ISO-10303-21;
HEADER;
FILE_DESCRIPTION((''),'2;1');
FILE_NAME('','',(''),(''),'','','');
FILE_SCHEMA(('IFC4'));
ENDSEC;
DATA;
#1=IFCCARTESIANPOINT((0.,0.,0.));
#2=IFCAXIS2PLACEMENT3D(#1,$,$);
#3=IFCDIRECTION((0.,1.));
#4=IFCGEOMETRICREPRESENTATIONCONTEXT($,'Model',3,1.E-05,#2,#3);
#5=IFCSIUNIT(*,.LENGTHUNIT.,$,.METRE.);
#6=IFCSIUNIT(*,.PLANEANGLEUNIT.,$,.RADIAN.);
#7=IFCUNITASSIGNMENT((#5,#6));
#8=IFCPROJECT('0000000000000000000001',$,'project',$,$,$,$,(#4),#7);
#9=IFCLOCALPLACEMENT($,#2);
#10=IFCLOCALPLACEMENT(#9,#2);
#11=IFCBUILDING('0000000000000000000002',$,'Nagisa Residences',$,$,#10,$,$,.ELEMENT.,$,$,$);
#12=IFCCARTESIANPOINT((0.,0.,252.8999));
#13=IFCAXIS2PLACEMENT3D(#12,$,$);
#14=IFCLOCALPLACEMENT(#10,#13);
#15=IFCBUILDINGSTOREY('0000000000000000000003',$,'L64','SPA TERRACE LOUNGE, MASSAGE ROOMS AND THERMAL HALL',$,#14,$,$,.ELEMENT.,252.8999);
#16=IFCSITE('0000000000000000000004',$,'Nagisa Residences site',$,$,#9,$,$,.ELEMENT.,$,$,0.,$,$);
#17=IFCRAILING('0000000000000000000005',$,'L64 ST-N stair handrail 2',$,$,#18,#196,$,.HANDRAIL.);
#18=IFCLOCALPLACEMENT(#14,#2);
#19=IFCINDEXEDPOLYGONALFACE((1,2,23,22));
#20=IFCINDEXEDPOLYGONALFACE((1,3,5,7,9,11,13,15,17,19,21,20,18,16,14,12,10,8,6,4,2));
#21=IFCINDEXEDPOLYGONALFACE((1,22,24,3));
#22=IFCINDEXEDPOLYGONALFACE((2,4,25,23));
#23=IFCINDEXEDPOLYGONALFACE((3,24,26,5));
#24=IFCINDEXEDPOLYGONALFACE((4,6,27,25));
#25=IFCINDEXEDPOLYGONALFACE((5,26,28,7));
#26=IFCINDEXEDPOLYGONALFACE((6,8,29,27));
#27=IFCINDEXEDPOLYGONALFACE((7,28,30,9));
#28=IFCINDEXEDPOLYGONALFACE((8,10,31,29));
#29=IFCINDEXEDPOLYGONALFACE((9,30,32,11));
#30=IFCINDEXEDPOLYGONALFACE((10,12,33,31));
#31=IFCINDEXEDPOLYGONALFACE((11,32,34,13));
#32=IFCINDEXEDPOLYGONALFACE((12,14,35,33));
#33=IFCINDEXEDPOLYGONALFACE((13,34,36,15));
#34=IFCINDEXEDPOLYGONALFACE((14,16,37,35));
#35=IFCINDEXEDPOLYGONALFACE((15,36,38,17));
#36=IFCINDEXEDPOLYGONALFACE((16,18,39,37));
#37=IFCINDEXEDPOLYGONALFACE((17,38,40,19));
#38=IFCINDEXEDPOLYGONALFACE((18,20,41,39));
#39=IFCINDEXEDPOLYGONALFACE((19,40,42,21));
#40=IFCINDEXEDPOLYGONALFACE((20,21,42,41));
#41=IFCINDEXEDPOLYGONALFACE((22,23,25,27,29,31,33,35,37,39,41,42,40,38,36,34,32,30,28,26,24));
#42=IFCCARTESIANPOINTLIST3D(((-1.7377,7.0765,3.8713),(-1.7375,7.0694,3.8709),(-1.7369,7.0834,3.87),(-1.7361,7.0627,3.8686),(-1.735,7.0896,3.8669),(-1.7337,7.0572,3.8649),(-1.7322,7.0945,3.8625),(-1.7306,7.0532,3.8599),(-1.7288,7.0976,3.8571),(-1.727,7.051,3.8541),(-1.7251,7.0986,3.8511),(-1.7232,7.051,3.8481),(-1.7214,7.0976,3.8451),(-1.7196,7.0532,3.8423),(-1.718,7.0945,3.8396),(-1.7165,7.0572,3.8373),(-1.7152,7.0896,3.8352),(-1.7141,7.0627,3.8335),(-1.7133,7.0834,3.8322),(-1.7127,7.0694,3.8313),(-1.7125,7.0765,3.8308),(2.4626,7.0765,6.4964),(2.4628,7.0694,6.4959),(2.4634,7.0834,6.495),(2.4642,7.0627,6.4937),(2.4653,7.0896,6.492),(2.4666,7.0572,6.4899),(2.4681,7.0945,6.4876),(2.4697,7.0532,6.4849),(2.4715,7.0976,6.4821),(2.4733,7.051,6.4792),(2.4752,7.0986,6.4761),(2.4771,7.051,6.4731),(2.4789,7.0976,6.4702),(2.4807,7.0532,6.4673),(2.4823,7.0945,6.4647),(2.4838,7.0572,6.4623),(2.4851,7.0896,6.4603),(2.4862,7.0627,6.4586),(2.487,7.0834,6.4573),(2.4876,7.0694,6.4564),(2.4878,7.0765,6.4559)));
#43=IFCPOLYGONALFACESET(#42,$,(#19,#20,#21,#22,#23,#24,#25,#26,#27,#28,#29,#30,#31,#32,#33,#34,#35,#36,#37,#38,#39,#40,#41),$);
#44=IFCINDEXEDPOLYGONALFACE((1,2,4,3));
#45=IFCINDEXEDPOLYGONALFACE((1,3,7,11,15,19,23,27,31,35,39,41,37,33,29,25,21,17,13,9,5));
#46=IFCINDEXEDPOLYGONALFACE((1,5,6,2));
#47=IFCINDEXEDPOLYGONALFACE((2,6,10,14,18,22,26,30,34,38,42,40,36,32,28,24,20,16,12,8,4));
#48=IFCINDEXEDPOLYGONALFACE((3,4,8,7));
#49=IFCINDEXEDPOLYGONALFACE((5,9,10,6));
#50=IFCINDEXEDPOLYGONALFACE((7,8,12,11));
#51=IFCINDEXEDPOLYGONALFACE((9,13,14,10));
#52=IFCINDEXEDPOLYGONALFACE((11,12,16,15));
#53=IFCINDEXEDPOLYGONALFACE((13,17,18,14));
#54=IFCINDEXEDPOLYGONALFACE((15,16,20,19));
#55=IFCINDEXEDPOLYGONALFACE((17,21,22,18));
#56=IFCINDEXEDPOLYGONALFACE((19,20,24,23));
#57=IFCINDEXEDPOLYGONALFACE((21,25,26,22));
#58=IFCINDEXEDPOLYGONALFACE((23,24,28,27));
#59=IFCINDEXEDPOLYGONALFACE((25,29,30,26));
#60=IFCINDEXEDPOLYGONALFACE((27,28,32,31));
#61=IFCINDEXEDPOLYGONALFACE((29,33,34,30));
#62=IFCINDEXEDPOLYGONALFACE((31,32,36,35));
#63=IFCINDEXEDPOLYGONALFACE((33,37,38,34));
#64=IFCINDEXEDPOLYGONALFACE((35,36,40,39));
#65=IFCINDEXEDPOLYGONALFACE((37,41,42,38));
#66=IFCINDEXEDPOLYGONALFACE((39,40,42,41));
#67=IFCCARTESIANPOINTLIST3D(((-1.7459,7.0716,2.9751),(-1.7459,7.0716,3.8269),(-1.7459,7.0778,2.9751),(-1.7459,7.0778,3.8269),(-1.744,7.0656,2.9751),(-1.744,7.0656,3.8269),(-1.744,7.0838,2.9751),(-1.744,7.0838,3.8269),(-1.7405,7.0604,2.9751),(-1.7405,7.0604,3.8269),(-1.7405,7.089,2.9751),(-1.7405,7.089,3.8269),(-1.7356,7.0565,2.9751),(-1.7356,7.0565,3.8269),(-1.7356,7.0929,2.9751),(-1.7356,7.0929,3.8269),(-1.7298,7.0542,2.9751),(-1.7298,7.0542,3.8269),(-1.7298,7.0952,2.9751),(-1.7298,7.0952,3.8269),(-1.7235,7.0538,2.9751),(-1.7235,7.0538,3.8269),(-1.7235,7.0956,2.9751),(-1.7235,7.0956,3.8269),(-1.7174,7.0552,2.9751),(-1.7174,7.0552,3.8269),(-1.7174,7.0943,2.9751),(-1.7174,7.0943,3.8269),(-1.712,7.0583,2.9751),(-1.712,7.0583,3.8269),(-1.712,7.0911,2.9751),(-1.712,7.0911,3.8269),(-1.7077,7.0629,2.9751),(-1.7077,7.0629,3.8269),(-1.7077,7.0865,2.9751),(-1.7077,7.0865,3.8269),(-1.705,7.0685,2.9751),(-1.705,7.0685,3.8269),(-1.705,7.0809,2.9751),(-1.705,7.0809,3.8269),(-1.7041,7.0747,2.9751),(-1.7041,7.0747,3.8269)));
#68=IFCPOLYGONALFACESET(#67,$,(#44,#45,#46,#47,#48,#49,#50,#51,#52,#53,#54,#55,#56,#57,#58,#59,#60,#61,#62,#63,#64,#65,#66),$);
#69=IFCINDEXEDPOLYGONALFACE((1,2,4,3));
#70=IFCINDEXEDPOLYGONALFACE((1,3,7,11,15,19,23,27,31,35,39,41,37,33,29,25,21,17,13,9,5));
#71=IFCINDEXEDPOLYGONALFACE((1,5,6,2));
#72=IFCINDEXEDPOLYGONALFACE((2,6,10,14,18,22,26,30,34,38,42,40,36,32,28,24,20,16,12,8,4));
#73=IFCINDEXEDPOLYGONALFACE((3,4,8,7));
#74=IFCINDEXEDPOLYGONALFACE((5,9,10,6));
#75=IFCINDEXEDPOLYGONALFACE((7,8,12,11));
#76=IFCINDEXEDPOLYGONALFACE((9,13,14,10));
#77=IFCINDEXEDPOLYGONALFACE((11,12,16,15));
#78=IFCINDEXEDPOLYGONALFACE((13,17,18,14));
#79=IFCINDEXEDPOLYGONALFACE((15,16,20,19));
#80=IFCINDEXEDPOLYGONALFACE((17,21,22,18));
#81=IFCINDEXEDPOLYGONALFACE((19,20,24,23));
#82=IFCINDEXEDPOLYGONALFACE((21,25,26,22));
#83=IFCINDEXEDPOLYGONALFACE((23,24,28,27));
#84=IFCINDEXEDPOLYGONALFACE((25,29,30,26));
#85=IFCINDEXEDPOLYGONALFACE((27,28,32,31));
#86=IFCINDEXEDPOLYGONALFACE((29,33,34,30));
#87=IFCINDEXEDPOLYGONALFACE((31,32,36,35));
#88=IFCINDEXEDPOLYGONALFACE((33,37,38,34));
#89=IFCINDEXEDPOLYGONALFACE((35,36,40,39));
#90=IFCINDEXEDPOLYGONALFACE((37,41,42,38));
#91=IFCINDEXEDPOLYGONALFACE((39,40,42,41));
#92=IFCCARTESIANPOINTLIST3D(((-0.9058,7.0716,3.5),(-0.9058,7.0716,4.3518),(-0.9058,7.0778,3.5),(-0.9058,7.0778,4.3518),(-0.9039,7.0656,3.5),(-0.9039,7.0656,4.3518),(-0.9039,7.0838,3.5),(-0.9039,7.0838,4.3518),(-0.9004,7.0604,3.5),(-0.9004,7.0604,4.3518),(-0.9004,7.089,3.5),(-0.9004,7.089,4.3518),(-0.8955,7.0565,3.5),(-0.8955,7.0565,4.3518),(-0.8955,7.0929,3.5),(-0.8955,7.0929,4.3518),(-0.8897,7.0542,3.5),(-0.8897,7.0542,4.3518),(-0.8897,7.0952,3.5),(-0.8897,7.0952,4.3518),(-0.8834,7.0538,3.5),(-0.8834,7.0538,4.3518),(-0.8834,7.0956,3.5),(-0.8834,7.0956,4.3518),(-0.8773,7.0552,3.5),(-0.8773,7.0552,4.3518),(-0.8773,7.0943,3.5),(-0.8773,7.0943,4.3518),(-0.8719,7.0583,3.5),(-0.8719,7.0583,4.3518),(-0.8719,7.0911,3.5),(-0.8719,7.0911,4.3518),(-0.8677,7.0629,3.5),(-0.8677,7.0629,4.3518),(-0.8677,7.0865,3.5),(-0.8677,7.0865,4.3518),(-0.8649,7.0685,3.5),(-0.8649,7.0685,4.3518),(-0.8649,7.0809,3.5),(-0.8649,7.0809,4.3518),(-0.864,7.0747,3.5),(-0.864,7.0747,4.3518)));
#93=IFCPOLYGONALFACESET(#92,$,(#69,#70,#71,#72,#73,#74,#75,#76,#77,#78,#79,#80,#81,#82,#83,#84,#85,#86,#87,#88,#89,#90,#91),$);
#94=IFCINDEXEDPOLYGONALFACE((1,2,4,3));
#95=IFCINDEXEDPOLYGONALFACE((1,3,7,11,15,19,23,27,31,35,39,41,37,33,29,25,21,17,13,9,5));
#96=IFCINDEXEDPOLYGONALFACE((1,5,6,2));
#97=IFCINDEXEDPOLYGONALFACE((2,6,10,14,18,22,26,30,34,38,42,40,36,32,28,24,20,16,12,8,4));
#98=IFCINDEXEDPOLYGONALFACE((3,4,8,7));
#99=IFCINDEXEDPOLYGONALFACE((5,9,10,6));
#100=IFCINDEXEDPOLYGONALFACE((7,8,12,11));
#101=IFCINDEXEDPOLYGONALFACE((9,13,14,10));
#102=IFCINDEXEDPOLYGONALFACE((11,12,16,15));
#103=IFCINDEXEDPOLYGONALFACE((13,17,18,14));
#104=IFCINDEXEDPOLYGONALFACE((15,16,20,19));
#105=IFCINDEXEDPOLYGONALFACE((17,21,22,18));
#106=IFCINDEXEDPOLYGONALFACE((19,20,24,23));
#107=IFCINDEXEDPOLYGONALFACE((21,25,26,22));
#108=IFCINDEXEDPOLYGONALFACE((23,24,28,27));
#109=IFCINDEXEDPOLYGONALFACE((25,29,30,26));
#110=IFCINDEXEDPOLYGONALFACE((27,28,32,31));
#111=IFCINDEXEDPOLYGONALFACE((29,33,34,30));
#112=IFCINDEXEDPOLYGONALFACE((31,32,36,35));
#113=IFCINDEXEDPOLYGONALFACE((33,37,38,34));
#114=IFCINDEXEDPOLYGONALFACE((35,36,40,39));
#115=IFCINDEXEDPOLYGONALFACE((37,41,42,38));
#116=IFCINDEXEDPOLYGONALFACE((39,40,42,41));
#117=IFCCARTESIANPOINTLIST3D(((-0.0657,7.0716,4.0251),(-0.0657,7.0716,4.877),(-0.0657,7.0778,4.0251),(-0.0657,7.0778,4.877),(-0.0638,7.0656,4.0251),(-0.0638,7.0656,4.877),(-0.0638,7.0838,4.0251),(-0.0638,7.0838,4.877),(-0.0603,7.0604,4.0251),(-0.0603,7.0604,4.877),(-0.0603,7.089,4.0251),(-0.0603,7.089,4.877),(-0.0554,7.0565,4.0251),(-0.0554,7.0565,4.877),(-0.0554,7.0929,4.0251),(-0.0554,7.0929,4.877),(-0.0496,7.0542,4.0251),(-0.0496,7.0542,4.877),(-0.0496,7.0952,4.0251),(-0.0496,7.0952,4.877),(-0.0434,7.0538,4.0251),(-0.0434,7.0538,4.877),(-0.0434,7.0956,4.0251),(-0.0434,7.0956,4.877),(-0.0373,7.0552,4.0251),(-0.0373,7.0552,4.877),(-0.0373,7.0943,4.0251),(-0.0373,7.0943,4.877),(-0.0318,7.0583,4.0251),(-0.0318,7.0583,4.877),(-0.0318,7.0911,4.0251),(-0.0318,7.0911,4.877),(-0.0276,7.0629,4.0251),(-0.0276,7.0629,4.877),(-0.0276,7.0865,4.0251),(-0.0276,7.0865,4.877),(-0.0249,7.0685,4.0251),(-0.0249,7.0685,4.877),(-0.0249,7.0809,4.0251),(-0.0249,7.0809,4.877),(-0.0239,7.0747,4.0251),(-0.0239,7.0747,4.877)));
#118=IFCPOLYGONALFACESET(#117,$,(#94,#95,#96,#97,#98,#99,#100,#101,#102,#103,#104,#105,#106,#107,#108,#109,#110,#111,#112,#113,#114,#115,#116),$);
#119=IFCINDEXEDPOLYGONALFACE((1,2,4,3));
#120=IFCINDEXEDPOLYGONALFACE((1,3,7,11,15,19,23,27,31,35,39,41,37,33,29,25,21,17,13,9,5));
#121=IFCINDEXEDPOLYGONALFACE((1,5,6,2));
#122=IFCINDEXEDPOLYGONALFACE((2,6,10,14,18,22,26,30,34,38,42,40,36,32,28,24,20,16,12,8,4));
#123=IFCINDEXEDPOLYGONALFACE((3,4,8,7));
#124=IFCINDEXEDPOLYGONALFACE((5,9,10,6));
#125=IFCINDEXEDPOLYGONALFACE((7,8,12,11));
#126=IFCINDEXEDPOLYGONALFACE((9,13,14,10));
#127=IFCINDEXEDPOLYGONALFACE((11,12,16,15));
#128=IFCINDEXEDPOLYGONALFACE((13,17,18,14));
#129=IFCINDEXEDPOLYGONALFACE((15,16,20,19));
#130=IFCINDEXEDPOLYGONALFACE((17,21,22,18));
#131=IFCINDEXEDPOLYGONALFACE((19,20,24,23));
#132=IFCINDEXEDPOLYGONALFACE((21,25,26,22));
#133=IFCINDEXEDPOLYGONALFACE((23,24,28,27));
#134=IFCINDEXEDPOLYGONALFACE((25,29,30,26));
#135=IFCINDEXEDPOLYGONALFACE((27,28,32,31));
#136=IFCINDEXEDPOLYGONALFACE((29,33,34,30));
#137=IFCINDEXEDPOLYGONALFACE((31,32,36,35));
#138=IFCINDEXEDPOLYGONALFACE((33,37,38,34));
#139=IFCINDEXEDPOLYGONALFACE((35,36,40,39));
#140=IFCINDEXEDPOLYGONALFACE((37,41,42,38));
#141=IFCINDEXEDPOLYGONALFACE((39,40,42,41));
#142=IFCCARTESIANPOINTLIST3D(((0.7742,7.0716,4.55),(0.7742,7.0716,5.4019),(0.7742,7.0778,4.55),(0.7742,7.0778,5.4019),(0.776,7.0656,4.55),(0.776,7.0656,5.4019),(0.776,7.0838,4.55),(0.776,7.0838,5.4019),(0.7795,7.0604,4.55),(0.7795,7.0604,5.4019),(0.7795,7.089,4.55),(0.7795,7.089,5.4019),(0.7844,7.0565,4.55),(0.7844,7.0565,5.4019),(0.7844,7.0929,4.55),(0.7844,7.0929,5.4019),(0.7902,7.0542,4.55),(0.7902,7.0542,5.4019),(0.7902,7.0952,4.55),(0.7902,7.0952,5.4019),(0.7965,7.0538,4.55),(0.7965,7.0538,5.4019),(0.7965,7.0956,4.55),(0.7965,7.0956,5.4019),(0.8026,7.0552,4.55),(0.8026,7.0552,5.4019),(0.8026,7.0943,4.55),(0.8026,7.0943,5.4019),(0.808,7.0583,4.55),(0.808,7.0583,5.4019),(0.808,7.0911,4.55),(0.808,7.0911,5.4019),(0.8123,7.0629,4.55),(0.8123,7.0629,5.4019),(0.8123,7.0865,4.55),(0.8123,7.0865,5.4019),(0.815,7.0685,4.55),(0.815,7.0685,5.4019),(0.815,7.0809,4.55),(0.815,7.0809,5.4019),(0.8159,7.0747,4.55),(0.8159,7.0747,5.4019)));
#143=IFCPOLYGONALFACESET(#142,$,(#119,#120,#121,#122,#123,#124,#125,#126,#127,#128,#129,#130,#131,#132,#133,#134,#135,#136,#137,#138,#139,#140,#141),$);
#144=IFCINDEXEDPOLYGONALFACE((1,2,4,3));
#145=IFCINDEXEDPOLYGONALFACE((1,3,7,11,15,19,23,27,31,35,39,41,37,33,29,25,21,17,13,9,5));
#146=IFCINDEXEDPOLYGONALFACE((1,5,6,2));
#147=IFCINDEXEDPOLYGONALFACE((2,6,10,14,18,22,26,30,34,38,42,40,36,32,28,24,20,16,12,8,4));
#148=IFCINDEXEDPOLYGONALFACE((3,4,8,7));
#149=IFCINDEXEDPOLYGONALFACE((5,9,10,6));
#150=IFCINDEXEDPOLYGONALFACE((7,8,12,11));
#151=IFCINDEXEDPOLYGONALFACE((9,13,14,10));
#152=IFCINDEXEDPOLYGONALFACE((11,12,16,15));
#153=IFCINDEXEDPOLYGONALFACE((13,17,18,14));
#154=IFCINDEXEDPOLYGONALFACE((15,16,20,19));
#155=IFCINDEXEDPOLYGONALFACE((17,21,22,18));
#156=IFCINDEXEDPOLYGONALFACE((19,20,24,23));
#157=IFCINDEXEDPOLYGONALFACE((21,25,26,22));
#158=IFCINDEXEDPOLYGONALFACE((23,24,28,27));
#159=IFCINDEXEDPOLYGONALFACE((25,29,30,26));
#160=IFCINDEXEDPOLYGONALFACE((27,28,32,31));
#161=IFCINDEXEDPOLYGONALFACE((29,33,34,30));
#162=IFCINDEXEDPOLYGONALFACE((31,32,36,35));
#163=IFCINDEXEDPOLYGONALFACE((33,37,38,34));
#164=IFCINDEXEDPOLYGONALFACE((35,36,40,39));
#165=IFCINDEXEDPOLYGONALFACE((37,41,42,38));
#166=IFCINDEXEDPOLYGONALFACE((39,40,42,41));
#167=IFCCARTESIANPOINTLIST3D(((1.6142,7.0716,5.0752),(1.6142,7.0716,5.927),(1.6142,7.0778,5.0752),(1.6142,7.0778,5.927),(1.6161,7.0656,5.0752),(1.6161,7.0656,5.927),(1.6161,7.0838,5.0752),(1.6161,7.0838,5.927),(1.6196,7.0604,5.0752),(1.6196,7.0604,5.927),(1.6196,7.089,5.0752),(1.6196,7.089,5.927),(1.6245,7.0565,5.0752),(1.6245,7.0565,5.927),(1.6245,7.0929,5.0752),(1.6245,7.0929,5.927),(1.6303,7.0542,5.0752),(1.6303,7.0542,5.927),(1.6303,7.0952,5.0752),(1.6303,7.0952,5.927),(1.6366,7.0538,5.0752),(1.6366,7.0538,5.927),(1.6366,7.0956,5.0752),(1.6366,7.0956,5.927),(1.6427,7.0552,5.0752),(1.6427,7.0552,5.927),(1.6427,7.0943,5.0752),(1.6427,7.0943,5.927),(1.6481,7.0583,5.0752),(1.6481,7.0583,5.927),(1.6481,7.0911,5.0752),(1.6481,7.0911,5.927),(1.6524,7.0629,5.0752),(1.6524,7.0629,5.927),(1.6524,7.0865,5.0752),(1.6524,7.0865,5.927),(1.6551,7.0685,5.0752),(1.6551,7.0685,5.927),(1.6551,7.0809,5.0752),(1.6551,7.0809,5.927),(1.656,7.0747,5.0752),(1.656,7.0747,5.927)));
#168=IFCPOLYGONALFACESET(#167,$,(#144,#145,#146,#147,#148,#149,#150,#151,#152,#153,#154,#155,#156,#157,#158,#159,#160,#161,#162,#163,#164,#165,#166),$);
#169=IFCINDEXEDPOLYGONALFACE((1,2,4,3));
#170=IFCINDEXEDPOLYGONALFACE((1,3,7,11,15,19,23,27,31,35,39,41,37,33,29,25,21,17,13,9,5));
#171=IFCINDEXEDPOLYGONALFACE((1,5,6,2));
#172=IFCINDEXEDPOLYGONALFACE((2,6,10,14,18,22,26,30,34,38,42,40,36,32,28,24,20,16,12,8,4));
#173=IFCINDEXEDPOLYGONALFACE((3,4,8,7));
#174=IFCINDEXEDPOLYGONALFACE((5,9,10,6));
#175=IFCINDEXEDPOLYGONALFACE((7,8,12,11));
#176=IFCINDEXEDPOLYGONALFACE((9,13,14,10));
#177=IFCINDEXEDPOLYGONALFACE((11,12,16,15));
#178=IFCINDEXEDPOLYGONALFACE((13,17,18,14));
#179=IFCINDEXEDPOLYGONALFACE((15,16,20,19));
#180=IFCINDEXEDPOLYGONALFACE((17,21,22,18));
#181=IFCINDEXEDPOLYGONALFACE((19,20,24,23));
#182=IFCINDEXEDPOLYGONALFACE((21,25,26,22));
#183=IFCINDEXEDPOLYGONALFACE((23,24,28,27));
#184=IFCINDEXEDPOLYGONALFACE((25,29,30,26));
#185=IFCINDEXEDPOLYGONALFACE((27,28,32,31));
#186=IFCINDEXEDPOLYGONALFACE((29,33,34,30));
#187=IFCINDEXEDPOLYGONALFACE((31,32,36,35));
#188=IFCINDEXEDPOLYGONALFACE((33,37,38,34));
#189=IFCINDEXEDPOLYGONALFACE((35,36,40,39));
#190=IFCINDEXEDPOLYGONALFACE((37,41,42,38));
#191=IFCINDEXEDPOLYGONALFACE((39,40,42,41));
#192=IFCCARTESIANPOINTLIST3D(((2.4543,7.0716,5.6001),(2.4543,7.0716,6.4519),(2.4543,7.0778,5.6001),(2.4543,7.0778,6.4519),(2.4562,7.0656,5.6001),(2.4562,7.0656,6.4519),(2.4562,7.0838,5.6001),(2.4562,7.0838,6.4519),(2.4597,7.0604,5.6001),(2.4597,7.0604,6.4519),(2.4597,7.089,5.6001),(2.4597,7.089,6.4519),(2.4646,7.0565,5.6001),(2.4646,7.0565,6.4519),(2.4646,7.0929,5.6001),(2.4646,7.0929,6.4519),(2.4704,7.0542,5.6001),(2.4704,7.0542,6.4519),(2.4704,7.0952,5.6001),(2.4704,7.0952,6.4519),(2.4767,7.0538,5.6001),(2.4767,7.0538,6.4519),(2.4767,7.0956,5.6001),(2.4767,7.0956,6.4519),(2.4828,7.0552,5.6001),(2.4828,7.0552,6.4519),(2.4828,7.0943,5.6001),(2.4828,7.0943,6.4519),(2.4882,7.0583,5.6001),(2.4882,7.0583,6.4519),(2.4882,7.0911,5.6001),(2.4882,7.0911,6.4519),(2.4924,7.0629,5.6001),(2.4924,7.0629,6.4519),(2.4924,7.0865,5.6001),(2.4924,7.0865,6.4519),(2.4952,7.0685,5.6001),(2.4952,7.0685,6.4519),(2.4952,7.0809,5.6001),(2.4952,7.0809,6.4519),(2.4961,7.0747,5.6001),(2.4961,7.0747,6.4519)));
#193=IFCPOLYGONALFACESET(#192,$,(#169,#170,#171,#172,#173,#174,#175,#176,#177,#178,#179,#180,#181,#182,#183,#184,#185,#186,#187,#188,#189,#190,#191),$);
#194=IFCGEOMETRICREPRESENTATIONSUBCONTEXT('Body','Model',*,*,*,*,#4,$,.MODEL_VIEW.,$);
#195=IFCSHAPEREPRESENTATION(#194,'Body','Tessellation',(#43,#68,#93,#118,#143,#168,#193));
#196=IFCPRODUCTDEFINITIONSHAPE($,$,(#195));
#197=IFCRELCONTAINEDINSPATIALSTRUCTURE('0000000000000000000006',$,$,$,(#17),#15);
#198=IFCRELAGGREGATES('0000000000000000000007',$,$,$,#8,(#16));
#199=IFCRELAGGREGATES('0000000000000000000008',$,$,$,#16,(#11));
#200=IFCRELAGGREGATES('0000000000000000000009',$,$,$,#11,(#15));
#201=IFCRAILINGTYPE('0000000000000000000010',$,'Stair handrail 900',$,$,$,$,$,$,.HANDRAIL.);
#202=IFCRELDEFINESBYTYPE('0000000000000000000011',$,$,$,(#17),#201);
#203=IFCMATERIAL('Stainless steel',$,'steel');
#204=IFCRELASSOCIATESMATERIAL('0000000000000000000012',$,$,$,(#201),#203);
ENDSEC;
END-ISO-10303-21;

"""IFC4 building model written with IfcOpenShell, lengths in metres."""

from ifc_helpers import new_model, si_unit, direction, frame, origin, origin_2d, place, context, subcontext, project, spatial, circle, extrude, material, type_object, element, save


model = new_model("IFC4")

# Units and contexts
model_context = context("Model", 3, precision=1e-05, world=origin(), true_north=direction((0.0, 1.0)))
body_context = subcontext(model_context, "Body", "Model", "MODEL_VIEW")
ifc_project = project(units=[si_unit("LENGTHUNIT", "METRE"), si_unit("PLANEANGLEUNIT", "RADIAN")], contexts=[model_context])

# Site, building, storey
site_placement = place(None, origin())
site = spatial("IfcSite", under=ifc_project, at=site_placement, Name="Nagisa Residences site", CompositionType="ELEMENT", RefElevation=0.0)
building_placement = place(site_placement, origin())
building = spatial("IfcBuilding", under=site, at=building_placement, Name="Nagisa Residences", CompositionType="ELEMENT")
storey_placement = place(building_placement, frame((0.0, 0.0, 252.8999)))
storey = spatial("IfcBuildingStorey", under=building, at=storey_placement, Name="L64", Description="SPA TERRACE LOUNGE, MASSAGE ROOMS AND THERMAL HALL", CompositionType="ELEMENT", Elevation=252.8999)

# Railing
ifc_material_1 = material(Name="Stainless steel", Category="steel")
railing_type = type_object("IfcRailingType", Name="Stair handrail 900", PredefinedType="HANDRAIL", material=ifc_material_1)
railing_placement = place(storey_placement, frame((-1.7251, 7.0747, 2.9751)))
element("IfcRailing", 1, at=railing_placement, inside=storey, type_object=railing_type, Name="L64 ST-N stair handrail 2", PredefinedType="HANDRAIL", context=body_context, shape_type="SweptSolid", body=[
    extrude(circle(Radius=0.0239, at=origin_2d()), frame((0.0, 0.0, 0.876), z_axis=(0.848009, 0.0, 0.529981), x_axis=(0.0, 1.0, 0.0)), (0.0, 0.0, 1.0), 4.9531),
    extrude(circle(Radius=0.021, at=origin_2d()), origin(), (0.0, 0.0, 1.0), 0.8518),
    extrude(circle(Radius=0.021, at=origin_2d()), frame((0.8401, 0.0, 0.5249)), (0.0, 0.0, 1.0), 0.8518),
    extrude(circle(Radius=0.021, at=origin_2d()), frame((1.6802, 0.0, 1.05)), (0.0, 0.0, 1.0), 0.8518),
    extrude(circle(Radius=0.021, at=origin_2d()), frame((2.52, 0.0, 1.575)), (0.0, 0.0, 1.0), 0.8518),
    extrude(circle(Radius=0.021, at=origin_2d()), frame((3.3601, 0.0, 2.1001)), (0.0, 0.0, 1.0), 0.8518),
    extrude(circle(Radius=0.021, at=origin_2d()), frame((4.2002, 0.0, 2.625)), (0.0, 0.0, 1.0), 0.8518),
])

save(model, "model.ifc")
